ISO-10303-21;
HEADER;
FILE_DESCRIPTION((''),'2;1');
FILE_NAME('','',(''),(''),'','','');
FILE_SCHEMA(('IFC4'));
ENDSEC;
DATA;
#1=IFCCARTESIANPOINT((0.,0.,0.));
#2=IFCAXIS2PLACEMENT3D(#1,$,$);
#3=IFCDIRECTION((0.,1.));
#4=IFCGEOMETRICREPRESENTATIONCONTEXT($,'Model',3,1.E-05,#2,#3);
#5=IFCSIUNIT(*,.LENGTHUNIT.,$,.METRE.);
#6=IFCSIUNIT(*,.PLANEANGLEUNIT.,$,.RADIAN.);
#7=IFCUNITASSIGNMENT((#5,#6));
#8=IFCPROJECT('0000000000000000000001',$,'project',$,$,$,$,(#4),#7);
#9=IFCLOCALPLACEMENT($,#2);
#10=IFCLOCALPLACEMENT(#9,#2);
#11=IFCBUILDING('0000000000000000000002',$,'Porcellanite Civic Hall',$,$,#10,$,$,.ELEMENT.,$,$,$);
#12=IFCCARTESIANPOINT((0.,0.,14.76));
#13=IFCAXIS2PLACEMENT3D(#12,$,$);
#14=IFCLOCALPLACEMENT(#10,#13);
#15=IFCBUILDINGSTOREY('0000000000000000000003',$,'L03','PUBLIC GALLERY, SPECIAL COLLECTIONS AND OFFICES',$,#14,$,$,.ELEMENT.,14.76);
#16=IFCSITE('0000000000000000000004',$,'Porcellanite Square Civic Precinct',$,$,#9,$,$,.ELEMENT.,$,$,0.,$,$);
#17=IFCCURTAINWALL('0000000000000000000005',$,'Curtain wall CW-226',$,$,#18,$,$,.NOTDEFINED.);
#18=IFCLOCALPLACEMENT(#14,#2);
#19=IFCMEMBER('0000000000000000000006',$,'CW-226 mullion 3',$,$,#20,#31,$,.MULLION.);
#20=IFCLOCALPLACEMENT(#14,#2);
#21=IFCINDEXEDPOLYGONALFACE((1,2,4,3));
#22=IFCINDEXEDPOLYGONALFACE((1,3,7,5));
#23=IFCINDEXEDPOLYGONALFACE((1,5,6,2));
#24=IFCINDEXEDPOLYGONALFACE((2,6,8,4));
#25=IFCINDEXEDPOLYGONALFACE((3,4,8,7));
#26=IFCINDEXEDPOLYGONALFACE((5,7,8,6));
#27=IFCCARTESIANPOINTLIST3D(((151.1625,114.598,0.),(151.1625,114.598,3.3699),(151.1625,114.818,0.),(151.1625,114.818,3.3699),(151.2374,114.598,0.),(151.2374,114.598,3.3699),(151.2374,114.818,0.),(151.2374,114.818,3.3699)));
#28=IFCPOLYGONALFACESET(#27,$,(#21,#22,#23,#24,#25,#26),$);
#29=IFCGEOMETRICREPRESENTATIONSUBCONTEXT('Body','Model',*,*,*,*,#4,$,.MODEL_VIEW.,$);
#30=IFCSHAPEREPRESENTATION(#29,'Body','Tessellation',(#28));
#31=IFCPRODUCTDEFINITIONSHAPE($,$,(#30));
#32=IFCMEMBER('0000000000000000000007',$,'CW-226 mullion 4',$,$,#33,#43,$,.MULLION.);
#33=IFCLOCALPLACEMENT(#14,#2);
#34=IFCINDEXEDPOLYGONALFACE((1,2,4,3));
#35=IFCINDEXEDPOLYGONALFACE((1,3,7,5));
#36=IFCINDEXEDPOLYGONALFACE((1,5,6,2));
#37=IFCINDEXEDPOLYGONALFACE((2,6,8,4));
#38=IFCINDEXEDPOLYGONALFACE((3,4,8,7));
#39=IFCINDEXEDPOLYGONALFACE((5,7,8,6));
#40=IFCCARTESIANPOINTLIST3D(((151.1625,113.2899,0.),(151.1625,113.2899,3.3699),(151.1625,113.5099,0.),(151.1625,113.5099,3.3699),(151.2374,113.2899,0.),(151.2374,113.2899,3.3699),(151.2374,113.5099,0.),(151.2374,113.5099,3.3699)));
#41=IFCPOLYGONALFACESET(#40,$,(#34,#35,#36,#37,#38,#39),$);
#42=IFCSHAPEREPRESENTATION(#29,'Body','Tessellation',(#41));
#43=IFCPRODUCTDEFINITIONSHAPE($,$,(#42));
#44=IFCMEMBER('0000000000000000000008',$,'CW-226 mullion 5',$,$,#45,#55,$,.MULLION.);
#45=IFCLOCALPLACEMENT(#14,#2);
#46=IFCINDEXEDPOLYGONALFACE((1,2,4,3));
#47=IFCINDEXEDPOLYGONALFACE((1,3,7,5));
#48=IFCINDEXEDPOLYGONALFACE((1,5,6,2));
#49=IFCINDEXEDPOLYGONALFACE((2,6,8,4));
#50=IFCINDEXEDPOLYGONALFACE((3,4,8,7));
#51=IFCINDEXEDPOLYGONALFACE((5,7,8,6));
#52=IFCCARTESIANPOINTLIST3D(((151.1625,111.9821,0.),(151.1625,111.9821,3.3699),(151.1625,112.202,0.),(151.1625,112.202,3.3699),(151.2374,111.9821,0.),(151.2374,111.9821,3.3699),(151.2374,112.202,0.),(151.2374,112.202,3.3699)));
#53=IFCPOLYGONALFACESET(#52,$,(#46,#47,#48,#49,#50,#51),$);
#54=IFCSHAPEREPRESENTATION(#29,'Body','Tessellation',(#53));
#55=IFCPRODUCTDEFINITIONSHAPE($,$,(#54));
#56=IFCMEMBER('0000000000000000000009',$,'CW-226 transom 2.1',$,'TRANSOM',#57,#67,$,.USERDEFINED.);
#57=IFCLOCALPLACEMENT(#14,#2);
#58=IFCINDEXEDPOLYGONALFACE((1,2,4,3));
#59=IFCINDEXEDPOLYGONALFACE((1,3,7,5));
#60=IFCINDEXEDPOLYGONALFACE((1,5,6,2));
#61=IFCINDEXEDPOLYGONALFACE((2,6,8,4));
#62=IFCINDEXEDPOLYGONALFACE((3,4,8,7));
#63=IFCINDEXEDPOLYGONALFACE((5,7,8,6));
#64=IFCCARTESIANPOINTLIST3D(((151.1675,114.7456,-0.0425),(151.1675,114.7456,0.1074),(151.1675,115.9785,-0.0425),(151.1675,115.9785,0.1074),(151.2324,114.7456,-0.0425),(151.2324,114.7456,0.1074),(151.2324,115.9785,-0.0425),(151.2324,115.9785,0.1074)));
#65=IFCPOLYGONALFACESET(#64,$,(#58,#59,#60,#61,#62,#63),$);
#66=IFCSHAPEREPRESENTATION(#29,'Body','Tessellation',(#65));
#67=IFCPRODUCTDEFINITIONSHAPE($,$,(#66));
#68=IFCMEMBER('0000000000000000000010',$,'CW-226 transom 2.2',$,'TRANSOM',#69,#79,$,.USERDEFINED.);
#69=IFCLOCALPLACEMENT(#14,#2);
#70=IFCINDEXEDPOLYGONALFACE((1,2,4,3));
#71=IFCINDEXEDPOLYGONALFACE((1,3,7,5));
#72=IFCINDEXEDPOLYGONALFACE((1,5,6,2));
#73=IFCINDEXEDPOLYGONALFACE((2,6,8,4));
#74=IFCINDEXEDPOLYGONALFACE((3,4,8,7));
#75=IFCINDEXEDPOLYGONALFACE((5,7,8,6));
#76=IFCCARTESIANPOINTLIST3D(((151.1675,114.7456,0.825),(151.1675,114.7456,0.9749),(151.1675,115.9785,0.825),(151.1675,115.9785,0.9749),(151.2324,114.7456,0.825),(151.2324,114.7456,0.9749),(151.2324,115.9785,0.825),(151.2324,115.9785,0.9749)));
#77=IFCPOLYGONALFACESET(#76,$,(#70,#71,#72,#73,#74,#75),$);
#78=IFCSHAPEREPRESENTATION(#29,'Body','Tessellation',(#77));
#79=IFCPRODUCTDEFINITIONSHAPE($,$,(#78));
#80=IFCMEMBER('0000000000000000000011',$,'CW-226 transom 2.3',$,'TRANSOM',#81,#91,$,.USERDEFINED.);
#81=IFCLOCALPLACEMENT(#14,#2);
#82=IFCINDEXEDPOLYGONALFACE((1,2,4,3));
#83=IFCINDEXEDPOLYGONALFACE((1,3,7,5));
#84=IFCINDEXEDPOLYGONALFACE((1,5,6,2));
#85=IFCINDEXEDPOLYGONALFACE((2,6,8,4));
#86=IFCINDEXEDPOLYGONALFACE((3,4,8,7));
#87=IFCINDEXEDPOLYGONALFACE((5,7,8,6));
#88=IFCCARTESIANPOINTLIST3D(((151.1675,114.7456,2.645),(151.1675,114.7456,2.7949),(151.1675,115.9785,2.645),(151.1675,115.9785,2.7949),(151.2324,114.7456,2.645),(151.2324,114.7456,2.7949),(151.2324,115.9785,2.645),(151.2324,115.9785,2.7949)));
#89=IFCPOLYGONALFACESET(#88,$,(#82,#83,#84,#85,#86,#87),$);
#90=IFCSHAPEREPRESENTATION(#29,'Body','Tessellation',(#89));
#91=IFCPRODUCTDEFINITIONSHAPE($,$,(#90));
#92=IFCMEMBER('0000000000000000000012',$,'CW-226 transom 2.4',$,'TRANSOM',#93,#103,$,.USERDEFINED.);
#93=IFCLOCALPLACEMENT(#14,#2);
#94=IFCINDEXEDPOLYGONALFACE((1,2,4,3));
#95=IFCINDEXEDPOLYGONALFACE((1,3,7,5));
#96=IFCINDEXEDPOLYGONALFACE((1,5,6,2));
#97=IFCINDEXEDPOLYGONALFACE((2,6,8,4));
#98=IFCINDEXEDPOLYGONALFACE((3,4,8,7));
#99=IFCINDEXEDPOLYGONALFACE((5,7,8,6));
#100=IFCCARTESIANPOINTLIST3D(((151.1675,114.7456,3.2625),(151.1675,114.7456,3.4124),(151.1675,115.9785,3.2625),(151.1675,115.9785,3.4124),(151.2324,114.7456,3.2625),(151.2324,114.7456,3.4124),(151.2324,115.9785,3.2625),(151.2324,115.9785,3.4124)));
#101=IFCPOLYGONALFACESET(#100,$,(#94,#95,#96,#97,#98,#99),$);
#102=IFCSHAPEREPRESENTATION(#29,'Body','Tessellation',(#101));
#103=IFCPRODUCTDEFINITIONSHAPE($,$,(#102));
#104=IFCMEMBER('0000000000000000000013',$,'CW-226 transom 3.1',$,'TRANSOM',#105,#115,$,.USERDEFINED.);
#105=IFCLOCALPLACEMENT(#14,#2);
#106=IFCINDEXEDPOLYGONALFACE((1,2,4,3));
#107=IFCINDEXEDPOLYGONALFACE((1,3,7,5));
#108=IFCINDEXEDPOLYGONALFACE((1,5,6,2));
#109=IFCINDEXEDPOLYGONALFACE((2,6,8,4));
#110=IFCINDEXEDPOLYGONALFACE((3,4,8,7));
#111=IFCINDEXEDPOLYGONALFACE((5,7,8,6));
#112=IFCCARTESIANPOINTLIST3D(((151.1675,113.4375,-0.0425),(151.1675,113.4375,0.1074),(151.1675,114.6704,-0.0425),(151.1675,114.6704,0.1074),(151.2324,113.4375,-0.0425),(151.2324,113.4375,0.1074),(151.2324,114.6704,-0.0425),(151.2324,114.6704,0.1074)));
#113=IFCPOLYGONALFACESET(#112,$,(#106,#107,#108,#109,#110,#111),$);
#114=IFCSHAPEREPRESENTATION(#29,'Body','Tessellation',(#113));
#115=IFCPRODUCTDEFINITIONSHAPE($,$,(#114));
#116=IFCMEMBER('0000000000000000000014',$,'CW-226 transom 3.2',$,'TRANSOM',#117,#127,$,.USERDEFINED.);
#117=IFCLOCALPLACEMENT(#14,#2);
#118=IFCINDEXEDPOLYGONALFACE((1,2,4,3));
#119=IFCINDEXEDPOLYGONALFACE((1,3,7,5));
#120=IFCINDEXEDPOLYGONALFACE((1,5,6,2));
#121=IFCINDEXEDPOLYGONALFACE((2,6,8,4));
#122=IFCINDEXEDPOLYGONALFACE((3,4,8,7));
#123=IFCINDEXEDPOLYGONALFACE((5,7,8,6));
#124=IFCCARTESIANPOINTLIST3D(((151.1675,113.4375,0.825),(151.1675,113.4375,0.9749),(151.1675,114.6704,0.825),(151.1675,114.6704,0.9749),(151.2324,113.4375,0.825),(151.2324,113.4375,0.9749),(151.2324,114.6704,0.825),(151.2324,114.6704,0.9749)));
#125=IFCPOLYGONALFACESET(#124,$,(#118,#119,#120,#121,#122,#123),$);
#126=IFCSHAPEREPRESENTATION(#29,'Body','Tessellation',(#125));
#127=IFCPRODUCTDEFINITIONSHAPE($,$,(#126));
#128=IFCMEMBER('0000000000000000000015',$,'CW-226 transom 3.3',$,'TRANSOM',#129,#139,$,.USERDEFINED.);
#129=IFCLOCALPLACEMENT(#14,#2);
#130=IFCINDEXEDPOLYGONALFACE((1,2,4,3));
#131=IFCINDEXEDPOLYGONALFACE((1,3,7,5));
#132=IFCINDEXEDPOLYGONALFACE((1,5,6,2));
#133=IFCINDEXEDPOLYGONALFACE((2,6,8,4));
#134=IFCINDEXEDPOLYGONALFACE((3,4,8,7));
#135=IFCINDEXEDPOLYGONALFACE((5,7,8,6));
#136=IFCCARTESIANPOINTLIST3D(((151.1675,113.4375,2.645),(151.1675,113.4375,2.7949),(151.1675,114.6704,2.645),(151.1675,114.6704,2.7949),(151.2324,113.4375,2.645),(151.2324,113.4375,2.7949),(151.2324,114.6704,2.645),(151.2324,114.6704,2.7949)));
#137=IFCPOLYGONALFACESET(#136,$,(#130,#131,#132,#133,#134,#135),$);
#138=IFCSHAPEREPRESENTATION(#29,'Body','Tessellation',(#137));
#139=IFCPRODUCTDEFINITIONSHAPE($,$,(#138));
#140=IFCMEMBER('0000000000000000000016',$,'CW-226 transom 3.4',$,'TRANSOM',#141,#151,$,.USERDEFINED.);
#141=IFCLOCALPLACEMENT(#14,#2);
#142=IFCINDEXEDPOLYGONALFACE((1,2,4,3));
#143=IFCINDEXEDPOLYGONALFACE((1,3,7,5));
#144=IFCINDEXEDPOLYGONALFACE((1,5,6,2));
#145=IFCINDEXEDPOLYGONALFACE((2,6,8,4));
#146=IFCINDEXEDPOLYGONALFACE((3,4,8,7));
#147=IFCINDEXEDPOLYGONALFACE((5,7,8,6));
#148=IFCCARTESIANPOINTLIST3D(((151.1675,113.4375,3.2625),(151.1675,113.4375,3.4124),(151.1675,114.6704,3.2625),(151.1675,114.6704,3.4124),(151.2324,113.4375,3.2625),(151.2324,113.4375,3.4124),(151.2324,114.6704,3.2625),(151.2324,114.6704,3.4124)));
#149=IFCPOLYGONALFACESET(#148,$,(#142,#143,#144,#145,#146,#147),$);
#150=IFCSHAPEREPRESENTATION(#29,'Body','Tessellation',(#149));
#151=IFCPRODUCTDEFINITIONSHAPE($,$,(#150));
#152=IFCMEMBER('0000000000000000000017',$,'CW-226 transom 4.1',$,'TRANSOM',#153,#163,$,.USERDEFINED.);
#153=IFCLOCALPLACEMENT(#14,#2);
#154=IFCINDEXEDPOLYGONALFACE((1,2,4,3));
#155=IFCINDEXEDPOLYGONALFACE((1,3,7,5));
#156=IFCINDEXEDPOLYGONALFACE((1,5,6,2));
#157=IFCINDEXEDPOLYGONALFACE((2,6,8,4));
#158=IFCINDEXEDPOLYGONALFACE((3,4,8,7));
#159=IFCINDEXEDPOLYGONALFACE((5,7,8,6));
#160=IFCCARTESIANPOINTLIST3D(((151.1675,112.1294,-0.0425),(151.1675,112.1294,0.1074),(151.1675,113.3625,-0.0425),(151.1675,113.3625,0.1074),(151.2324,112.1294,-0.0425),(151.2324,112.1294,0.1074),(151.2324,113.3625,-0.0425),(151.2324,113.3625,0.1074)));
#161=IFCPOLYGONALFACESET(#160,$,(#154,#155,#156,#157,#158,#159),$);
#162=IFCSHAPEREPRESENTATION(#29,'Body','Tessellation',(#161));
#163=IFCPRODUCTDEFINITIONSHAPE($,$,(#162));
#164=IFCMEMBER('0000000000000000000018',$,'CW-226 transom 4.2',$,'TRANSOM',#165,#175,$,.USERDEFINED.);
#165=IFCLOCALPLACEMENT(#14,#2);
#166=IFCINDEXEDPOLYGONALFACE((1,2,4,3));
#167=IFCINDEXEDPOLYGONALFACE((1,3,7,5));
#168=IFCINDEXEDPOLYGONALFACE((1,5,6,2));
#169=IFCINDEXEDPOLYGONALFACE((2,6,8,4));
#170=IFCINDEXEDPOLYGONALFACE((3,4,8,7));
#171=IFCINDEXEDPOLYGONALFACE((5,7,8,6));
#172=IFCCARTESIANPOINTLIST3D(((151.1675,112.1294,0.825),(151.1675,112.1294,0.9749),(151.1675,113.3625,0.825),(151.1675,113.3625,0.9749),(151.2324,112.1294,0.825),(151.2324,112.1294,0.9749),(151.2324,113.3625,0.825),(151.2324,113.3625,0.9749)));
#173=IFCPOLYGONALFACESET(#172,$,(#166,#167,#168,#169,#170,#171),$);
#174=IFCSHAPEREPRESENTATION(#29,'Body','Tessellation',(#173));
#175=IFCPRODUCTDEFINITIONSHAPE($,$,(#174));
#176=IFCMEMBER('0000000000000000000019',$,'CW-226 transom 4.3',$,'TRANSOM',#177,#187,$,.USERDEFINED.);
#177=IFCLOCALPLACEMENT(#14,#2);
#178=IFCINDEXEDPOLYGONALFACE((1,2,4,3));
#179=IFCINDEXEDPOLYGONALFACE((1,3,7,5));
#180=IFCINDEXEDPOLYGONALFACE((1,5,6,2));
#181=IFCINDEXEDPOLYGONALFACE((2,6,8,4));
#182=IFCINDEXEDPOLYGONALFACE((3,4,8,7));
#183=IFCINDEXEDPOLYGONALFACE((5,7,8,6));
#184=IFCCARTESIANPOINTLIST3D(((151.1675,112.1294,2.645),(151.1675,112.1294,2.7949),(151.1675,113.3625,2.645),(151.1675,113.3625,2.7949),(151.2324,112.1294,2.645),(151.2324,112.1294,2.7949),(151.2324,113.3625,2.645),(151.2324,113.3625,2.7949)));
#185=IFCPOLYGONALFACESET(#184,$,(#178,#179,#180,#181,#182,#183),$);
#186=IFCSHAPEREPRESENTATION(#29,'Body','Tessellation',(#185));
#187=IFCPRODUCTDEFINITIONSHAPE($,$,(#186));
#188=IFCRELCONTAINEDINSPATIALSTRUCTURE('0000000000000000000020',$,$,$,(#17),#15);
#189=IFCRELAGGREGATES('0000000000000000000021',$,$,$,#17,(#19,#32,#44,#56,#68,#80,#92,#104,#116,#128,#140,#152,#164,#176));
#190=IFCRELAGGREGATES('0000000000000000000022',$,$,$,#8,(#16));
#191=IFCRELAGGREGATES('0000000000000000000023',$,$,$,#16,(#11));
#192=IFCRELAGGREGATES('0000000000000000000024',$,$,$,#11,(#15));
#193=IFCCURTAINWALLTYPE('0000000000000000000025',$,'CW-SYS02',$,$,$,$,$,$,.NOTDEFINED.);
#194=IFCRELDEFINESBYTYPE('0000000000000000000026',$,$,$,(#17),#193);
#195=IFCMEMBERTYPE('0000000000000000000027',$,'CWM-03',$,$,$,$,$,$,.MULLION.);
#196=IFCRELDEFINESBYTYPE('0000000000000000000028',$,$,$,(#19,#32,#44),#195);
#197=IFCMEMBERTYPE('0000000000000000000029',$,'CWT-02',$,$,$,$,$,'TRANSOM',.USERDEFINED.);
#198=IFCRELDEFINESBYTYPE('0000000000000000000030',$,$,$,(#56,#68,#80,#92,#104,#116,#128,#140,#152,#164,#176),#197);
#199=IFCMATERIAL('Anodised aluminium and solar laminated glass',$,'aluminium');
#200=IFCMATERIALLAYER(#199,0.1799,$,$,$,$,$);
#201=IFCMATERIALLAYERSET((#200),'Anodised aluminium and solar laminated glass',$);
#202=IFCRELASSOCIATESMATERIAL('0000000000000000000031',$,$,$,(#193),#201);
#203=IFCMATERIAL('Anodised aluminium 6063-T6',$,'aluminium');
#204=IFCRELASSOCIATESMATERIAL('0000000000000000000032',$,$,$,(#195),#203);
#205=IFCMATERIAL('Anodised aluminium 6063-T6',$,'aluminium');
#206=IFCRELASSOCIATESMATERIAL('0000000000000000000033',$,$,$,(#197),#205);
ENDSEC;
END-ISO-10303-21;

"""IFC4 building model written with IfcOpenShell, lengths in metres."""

from ifc_helpers import new_model, si_unit, direction, frame, origin, origin_2d, place, context, subcontext, project, spatial, rectangle, extrude, material, layer, layer_set, material_profile, profile_set, type_object, element, aggregate, save


model = new_model("IFC4")

# Units and contexts
model_context = context("Model", 3, precision=1e-05, world=origin(), true_north=direction((0.0, 1.0)))
body_context = subcontext(model_context, "Body", "Model", "MODEL_VIEW")
ifc_project = project(units=[si_unit("LENGTHUNIT", "METRE"), si_unit("PLANEANGLEUNIT", "RADIAN")], contexts=[model_context])

# Site, building, storey
site_placement = place(None, origin())
site = spatial("IfcSite", under=ifc_project, at=site_placement, Name="Porcellanite Square Civic Precinct", CompositionType="ELEMENT", RefElevation=0.0)
building_placement = place(site_placement, origin())
building = spatial("IfcBuilding", under=site, at=building_placement, Name="Porcellanite Civic Hall", CompositionType="ELEMENT")
storey_placement = place(building_placement, frame((0.0, 0.0, 14.76)))
storey = spatial("IfcBuildingStorey", under=building, at=storey_placement, Name="L03", Description="PUBLIC GALLERY, SPECIAL COLLECTIONS AND OFFICES", CompositionType="ELEMENT", Elevation=14.76)

# Curtain wall, members
ifc_material_1 = material(Name="Anodised aluminium and solar laminated glass", Category="aluminium")
ifc_layer_1 = layer(ifc_material_1, 0.1799)
ifc_layer_set_1 = layer_set([ifc_layer_1], Name="Anodised aluminium and solar laminated glass")
curtain_wall_type = type_object("IfcCurtainWallType", Name="CW-SYS02", PredefinedType="NOTDEFINED", material=ifc_layer_set_1)
curtain_wall_placement = place(storey_placement, origin())
curtain_wall = element("IfcCurtainWall", 1, at=curtain_wall_placement, inside=storey, type_object=curtain_wall_type, Name="Curtain wall CW-226", PredefinedType="NOTDEFINED")
ifc_material_2 = material(Name="Anodised aluminium 6063-T6", Category="aluminium")
ifc_material_profile_1 = material_profile(ifc_material_2, rectangle(XDim=0.075, YDim=0.22, at=origin_2d()), Name="AL-75x220")
ifc_profile_set_1 = profile_set([ifc_material_profile_1], Name="Anodised aluminium 6063-T6")
member_type_1 = type_object("IfcMemberType", Name="CWM-03", PredefinedType="MULLION", material=ifc_profile_set_1)
member_1_placement = place(storey_placement, frame((151.2, 114.708, 0.0), z_axis=(0.0, 0.0, 1.0), x_axis=(1.0, 0.0, 0.0)))
member_1 = element("IfcMember", 2, at=member_1_placement, type_object=member_type_1, Name="CW-226 mullion 3", PredefinedType="MULLION", context=body_context, shape_type="SweptSolid", body=[
    extrude(rectangle(XDim=0.075, YDim=0.22, at=origin_2d()), origin(), (0.0, 0.0, 1.0), 3.3699),
])
member_2_placement = place(storey_placement, frame((151.2, 113.3999, 0.0), z_axis=(0.0, 0.0, 1.0), x_axis=(1.0, 0.0, 0.0)))
member_2 = element("IfcMember", 3, at=member_2_placement, type_object=member_type_1, Name="CW-226 mullion 4", PredefinedType="MULLION", context=body_context, shape_type="SweptSolid", body=[
    extrude(rectangle(XDim=0.075, YDim=0.22, at=origin_2d()), origin(), (0.0, 0.0, 1.0), 3.3699),
])
member_3_placement = place(storey_placement, frame((151.2, 112.092, 0.0), z_axis=(0.0, 0.0, 1.0), x_axis=(1.0, 0.0, 0.0)))
member_3 = element("IfcMember", 4, at=member_3_placement, type_object=member_type_1, Name="CW-226 mullion 5", PredefinedType="MULLION", context=body_context, shape_type="SweptSolid", body=[
    extrude(rectangle(XDim=0.075, YDim=0.22, at=origin_2d()), origin(), (0.0, 0.0, 1.0), 3.3699),
])
ifc_material_3 = material(Name="Anodised aluminium 6063-T6", Category="aluminium")
ifc_material_profile_2 = material_profile(ifc_material_3, rectangle(XDim=0.0649, YDim=0.1499, at=origin_2d()), Name="AL-65x150")
ifc_profile_set_2 = profile_set([ifc_material_profile_2], Name="Anodised aluminium 6063-T6")
member_type_2 = type_object("IfcMemberType", Name="CWT-02", ElementType="TRANSOM", PredefinedType="USERDEFINED", material=ifc_profile_set_2)
member_4_placement = place(storey_placement, frame((151.2, 115.9785, 0.0325), z_axis=(0.0, -1.0, 0.0), x_axis=(1.0, 0.0, 0.0)))
member_4 = element("IfcMember", 5, at=member_4_placement, type_object=member_type_2, Name="CW-226 transom 2.1", ObjectType="TRANSOM", PredefinedType="USERDEFINED", context=body_context, shape_type="SweptSolid", body=[
    extrude(rectangle(XDim=0.0649, YDim=0.1499, at=origin_2d()), origin(), (0.0, 0.0, 1.0), 1.2329),
])
member_5_placement = place(storey_placement, frame((151.2, 115.9785, 0.8999), z_axis=(0.0, -1.0, 0.0), x_axis=(1.0, 0.0, 0.0)))
member_5 = element("IfcMember", 6, at=member_5_placement, type_object=member_type_2, Name="CW-226 transom 2.2", ObjectType="TRANSOM", PredefinedType="USERDEFINED", context=body_context, shape_type="SweptSolid", body=[
    extrude(rectangle(XDim=0.0649, YDim=0.1499, at=origin_2d()), origin(), (0.0, 0.0, 1.0), 1.2329),
])
member_6_placement = place(storey_placement, frame((151.2, 115.9785, 2.72), z_axis=(0.0, -1.0, 0.0), x_axis=(1.0, 0.0, 0.0)))
member_6 = element("IfcMember", 7, at=member_6_placement, type_object=member_type_2, Name="CW-226 transom 2.3", ObjectType="TRANSOM", PredefinedType="USERDEFINED", context=body_context, shape_type="SweptSolid", body=[
    extrude(rectangle(XDim=0.0649, YDim=0.1499, at=origin_2d()), origin(), (0.0, 0.0, 1.0), 1.2329),
])
member_7_placement = place(storey_placement, frame((151.2, 115.9785, 3.3374), z_axis=(0.0, -1.0, 0.0), x_axis=(1.0, 0.0, 0.0)))
member_7 = element("IfcMember", 8, at=member_7_placement, type_object=member_type_2, Name="CW-226 transom 2.4", ObjectType="TRANSOM", PredefinedType="USERDEFINED", context=body_context, shape_type="SweptSolid", body=[
    extrude(rectangle(XDim=0.0649, YDim=0.1499, at=origin_2d()), origin(), (0.0, 0.0, 1.0), 1.2329),
])
member_8_placement = place(storey_placement, frame((151.2, 114.6704, 0.0325), z_axis=(0.0, -1.0, 0.0), x_axis=(1.0, 0.0, 0.0)))
member_8 = element("IfcMember", 9, at=member_8_placement, type_object=member_type_2, Name="CW-226 transom 3.1", ObjectType="TRANSOM", PredefinedType="USERDEFINED", context=body_context, shape_type="SweptSolid", body=[
    extrude(rectangle(XDim=0.0649, YDim=0.1499, at=origin_2d()), origin(), (0.0, 0.0, 1.0), 1.2329),
])
member_9_placement = place(storey_placement, frame((151.2, 114.6704, 0.8999), z_axis=(0.0, -1.0, 0.0), x_axis=(1.0, 0.0, 0.0)))
member_9 = element("IfcMember", 10, at=member_9_placement, type_object=member_type_2, Name="CW-226 transom 3.2", ObjectType="TRANSOM", PredefinedType="USERDEFINED", context=body_context, shape_type="SweptSolid", body=[
    extrude(rectangle(XDim=0.0649, YDim=0.1499, at=origin_2d()), origin(), (0.0, 0.0, 1.0), 1.2329),
])
member_10_placement = place(storey_placement, frame((151.2, 114.6704, 2.72), z_axis=(0.0, -1.0, 0.0), x_axis=(1.0, 0.0, 0.0)))
member_10 = element("IfcMember", 11, at=member_10_placement, type_object=member_type_2, Name="CW-226 transom 3.3", ObjectType="TRANSOM", PredefinedType="USERDEFINED", context=body_context, shape_type="SweptSolid", body=[
    extrude(rectangle(XDim=0.0649, YDim=0.1499, at=origin_2d()), origin(), (0.0, 0.0, 1.0), 1.2329),
])
member_11_placement = place(storey_placement, frame((151.2, 114.6704, 3.3374), z_axis=(0.0, -1.0, 0.0), x_axis=(1.0, 0.0, 0.0)))
member_11 = element("IfcMember", 12, at=member_11_placement, type_object=member_type_2, Name="CW-226 transom 3.4", ObjectType="TRANSOM", PredefinedType="USERDEFINED", context=body_context, shape_type="SweptSolid", body=[
    extrude(rectangle(XDim=0.0649, YDim=0.1499, at=origin_2d()), origin(), (0.0, 0.0, 1.0), 1.2329),
])
member_12_placement = place(storey_placement, frame((151.2, 113.3625, 0.0325), z_axis=(0.0, -1.0, 0.0), x_axis=(1.0, 0.0, 0.0)))
member_12 = element("IfcMember", 13, at=member_12_placement, type_object=member_type_2, Name="CW-226 transom 4.1", ObjectType="TRANSOM", PredefinedType="USERDEFINED", context=body_context, shape_type="SweptSolid", body=[
    extrude(rectangle(XDim=0.0649, YDim=0.1499, at=origin_2d()), origin(), (0.0, 0.0, 1.0), 1.2332),
])
member_13_placement = place(storey_placement, frame((151.2, 113.3625, 0.8999), z_axis=(0.0, -1.0, 0.0), x_axis=(1.0, 0.0, 0.0)))
member_13 = element("IfcMember", 14, at=member_13_placement, type_object=member_type_2, Name="CW-226 transom 4.2", ObjectType="TRANSOM", PredefinedType="USERDEFINED", context=body_context, shape_type="SweptSolid", body=[
    extrude(rectangle(XDim=0.0649, YDim=0.1499, at=origin_2d()), origin(), (0.0, 0.0, 1.0), 1.2332),
])
member_14_placement = place(storey_placement, frame((151.2, 113.3625, 2.72), z_axis=(0.0, -1.0, 0.0), x_axis=(1.0, 0.0, 0.0)))
member_14 = element("IfcMember", 15, at=member_14_placement, type_object=member_type_2, Name="CW-226 transom 4.3", ObjectType="TRANSOM", PredefinedType="USERDEFINED", context=body_context, shape_type="SweptSolid", body=[
    extrude(rectangle(XDim=0.0649, YDim=0.1499, at=origin_2d()), origin(), (0.0, 0.0, 1.0), 1.2332),
])
aggregate(curtain_wall, [member_1, member_2, member_3, member_4, member_5, member_6, member_7, member_8, member_9, member_10, member_11, member_12, member_13, member_14])

save(model, "model.ifc")
